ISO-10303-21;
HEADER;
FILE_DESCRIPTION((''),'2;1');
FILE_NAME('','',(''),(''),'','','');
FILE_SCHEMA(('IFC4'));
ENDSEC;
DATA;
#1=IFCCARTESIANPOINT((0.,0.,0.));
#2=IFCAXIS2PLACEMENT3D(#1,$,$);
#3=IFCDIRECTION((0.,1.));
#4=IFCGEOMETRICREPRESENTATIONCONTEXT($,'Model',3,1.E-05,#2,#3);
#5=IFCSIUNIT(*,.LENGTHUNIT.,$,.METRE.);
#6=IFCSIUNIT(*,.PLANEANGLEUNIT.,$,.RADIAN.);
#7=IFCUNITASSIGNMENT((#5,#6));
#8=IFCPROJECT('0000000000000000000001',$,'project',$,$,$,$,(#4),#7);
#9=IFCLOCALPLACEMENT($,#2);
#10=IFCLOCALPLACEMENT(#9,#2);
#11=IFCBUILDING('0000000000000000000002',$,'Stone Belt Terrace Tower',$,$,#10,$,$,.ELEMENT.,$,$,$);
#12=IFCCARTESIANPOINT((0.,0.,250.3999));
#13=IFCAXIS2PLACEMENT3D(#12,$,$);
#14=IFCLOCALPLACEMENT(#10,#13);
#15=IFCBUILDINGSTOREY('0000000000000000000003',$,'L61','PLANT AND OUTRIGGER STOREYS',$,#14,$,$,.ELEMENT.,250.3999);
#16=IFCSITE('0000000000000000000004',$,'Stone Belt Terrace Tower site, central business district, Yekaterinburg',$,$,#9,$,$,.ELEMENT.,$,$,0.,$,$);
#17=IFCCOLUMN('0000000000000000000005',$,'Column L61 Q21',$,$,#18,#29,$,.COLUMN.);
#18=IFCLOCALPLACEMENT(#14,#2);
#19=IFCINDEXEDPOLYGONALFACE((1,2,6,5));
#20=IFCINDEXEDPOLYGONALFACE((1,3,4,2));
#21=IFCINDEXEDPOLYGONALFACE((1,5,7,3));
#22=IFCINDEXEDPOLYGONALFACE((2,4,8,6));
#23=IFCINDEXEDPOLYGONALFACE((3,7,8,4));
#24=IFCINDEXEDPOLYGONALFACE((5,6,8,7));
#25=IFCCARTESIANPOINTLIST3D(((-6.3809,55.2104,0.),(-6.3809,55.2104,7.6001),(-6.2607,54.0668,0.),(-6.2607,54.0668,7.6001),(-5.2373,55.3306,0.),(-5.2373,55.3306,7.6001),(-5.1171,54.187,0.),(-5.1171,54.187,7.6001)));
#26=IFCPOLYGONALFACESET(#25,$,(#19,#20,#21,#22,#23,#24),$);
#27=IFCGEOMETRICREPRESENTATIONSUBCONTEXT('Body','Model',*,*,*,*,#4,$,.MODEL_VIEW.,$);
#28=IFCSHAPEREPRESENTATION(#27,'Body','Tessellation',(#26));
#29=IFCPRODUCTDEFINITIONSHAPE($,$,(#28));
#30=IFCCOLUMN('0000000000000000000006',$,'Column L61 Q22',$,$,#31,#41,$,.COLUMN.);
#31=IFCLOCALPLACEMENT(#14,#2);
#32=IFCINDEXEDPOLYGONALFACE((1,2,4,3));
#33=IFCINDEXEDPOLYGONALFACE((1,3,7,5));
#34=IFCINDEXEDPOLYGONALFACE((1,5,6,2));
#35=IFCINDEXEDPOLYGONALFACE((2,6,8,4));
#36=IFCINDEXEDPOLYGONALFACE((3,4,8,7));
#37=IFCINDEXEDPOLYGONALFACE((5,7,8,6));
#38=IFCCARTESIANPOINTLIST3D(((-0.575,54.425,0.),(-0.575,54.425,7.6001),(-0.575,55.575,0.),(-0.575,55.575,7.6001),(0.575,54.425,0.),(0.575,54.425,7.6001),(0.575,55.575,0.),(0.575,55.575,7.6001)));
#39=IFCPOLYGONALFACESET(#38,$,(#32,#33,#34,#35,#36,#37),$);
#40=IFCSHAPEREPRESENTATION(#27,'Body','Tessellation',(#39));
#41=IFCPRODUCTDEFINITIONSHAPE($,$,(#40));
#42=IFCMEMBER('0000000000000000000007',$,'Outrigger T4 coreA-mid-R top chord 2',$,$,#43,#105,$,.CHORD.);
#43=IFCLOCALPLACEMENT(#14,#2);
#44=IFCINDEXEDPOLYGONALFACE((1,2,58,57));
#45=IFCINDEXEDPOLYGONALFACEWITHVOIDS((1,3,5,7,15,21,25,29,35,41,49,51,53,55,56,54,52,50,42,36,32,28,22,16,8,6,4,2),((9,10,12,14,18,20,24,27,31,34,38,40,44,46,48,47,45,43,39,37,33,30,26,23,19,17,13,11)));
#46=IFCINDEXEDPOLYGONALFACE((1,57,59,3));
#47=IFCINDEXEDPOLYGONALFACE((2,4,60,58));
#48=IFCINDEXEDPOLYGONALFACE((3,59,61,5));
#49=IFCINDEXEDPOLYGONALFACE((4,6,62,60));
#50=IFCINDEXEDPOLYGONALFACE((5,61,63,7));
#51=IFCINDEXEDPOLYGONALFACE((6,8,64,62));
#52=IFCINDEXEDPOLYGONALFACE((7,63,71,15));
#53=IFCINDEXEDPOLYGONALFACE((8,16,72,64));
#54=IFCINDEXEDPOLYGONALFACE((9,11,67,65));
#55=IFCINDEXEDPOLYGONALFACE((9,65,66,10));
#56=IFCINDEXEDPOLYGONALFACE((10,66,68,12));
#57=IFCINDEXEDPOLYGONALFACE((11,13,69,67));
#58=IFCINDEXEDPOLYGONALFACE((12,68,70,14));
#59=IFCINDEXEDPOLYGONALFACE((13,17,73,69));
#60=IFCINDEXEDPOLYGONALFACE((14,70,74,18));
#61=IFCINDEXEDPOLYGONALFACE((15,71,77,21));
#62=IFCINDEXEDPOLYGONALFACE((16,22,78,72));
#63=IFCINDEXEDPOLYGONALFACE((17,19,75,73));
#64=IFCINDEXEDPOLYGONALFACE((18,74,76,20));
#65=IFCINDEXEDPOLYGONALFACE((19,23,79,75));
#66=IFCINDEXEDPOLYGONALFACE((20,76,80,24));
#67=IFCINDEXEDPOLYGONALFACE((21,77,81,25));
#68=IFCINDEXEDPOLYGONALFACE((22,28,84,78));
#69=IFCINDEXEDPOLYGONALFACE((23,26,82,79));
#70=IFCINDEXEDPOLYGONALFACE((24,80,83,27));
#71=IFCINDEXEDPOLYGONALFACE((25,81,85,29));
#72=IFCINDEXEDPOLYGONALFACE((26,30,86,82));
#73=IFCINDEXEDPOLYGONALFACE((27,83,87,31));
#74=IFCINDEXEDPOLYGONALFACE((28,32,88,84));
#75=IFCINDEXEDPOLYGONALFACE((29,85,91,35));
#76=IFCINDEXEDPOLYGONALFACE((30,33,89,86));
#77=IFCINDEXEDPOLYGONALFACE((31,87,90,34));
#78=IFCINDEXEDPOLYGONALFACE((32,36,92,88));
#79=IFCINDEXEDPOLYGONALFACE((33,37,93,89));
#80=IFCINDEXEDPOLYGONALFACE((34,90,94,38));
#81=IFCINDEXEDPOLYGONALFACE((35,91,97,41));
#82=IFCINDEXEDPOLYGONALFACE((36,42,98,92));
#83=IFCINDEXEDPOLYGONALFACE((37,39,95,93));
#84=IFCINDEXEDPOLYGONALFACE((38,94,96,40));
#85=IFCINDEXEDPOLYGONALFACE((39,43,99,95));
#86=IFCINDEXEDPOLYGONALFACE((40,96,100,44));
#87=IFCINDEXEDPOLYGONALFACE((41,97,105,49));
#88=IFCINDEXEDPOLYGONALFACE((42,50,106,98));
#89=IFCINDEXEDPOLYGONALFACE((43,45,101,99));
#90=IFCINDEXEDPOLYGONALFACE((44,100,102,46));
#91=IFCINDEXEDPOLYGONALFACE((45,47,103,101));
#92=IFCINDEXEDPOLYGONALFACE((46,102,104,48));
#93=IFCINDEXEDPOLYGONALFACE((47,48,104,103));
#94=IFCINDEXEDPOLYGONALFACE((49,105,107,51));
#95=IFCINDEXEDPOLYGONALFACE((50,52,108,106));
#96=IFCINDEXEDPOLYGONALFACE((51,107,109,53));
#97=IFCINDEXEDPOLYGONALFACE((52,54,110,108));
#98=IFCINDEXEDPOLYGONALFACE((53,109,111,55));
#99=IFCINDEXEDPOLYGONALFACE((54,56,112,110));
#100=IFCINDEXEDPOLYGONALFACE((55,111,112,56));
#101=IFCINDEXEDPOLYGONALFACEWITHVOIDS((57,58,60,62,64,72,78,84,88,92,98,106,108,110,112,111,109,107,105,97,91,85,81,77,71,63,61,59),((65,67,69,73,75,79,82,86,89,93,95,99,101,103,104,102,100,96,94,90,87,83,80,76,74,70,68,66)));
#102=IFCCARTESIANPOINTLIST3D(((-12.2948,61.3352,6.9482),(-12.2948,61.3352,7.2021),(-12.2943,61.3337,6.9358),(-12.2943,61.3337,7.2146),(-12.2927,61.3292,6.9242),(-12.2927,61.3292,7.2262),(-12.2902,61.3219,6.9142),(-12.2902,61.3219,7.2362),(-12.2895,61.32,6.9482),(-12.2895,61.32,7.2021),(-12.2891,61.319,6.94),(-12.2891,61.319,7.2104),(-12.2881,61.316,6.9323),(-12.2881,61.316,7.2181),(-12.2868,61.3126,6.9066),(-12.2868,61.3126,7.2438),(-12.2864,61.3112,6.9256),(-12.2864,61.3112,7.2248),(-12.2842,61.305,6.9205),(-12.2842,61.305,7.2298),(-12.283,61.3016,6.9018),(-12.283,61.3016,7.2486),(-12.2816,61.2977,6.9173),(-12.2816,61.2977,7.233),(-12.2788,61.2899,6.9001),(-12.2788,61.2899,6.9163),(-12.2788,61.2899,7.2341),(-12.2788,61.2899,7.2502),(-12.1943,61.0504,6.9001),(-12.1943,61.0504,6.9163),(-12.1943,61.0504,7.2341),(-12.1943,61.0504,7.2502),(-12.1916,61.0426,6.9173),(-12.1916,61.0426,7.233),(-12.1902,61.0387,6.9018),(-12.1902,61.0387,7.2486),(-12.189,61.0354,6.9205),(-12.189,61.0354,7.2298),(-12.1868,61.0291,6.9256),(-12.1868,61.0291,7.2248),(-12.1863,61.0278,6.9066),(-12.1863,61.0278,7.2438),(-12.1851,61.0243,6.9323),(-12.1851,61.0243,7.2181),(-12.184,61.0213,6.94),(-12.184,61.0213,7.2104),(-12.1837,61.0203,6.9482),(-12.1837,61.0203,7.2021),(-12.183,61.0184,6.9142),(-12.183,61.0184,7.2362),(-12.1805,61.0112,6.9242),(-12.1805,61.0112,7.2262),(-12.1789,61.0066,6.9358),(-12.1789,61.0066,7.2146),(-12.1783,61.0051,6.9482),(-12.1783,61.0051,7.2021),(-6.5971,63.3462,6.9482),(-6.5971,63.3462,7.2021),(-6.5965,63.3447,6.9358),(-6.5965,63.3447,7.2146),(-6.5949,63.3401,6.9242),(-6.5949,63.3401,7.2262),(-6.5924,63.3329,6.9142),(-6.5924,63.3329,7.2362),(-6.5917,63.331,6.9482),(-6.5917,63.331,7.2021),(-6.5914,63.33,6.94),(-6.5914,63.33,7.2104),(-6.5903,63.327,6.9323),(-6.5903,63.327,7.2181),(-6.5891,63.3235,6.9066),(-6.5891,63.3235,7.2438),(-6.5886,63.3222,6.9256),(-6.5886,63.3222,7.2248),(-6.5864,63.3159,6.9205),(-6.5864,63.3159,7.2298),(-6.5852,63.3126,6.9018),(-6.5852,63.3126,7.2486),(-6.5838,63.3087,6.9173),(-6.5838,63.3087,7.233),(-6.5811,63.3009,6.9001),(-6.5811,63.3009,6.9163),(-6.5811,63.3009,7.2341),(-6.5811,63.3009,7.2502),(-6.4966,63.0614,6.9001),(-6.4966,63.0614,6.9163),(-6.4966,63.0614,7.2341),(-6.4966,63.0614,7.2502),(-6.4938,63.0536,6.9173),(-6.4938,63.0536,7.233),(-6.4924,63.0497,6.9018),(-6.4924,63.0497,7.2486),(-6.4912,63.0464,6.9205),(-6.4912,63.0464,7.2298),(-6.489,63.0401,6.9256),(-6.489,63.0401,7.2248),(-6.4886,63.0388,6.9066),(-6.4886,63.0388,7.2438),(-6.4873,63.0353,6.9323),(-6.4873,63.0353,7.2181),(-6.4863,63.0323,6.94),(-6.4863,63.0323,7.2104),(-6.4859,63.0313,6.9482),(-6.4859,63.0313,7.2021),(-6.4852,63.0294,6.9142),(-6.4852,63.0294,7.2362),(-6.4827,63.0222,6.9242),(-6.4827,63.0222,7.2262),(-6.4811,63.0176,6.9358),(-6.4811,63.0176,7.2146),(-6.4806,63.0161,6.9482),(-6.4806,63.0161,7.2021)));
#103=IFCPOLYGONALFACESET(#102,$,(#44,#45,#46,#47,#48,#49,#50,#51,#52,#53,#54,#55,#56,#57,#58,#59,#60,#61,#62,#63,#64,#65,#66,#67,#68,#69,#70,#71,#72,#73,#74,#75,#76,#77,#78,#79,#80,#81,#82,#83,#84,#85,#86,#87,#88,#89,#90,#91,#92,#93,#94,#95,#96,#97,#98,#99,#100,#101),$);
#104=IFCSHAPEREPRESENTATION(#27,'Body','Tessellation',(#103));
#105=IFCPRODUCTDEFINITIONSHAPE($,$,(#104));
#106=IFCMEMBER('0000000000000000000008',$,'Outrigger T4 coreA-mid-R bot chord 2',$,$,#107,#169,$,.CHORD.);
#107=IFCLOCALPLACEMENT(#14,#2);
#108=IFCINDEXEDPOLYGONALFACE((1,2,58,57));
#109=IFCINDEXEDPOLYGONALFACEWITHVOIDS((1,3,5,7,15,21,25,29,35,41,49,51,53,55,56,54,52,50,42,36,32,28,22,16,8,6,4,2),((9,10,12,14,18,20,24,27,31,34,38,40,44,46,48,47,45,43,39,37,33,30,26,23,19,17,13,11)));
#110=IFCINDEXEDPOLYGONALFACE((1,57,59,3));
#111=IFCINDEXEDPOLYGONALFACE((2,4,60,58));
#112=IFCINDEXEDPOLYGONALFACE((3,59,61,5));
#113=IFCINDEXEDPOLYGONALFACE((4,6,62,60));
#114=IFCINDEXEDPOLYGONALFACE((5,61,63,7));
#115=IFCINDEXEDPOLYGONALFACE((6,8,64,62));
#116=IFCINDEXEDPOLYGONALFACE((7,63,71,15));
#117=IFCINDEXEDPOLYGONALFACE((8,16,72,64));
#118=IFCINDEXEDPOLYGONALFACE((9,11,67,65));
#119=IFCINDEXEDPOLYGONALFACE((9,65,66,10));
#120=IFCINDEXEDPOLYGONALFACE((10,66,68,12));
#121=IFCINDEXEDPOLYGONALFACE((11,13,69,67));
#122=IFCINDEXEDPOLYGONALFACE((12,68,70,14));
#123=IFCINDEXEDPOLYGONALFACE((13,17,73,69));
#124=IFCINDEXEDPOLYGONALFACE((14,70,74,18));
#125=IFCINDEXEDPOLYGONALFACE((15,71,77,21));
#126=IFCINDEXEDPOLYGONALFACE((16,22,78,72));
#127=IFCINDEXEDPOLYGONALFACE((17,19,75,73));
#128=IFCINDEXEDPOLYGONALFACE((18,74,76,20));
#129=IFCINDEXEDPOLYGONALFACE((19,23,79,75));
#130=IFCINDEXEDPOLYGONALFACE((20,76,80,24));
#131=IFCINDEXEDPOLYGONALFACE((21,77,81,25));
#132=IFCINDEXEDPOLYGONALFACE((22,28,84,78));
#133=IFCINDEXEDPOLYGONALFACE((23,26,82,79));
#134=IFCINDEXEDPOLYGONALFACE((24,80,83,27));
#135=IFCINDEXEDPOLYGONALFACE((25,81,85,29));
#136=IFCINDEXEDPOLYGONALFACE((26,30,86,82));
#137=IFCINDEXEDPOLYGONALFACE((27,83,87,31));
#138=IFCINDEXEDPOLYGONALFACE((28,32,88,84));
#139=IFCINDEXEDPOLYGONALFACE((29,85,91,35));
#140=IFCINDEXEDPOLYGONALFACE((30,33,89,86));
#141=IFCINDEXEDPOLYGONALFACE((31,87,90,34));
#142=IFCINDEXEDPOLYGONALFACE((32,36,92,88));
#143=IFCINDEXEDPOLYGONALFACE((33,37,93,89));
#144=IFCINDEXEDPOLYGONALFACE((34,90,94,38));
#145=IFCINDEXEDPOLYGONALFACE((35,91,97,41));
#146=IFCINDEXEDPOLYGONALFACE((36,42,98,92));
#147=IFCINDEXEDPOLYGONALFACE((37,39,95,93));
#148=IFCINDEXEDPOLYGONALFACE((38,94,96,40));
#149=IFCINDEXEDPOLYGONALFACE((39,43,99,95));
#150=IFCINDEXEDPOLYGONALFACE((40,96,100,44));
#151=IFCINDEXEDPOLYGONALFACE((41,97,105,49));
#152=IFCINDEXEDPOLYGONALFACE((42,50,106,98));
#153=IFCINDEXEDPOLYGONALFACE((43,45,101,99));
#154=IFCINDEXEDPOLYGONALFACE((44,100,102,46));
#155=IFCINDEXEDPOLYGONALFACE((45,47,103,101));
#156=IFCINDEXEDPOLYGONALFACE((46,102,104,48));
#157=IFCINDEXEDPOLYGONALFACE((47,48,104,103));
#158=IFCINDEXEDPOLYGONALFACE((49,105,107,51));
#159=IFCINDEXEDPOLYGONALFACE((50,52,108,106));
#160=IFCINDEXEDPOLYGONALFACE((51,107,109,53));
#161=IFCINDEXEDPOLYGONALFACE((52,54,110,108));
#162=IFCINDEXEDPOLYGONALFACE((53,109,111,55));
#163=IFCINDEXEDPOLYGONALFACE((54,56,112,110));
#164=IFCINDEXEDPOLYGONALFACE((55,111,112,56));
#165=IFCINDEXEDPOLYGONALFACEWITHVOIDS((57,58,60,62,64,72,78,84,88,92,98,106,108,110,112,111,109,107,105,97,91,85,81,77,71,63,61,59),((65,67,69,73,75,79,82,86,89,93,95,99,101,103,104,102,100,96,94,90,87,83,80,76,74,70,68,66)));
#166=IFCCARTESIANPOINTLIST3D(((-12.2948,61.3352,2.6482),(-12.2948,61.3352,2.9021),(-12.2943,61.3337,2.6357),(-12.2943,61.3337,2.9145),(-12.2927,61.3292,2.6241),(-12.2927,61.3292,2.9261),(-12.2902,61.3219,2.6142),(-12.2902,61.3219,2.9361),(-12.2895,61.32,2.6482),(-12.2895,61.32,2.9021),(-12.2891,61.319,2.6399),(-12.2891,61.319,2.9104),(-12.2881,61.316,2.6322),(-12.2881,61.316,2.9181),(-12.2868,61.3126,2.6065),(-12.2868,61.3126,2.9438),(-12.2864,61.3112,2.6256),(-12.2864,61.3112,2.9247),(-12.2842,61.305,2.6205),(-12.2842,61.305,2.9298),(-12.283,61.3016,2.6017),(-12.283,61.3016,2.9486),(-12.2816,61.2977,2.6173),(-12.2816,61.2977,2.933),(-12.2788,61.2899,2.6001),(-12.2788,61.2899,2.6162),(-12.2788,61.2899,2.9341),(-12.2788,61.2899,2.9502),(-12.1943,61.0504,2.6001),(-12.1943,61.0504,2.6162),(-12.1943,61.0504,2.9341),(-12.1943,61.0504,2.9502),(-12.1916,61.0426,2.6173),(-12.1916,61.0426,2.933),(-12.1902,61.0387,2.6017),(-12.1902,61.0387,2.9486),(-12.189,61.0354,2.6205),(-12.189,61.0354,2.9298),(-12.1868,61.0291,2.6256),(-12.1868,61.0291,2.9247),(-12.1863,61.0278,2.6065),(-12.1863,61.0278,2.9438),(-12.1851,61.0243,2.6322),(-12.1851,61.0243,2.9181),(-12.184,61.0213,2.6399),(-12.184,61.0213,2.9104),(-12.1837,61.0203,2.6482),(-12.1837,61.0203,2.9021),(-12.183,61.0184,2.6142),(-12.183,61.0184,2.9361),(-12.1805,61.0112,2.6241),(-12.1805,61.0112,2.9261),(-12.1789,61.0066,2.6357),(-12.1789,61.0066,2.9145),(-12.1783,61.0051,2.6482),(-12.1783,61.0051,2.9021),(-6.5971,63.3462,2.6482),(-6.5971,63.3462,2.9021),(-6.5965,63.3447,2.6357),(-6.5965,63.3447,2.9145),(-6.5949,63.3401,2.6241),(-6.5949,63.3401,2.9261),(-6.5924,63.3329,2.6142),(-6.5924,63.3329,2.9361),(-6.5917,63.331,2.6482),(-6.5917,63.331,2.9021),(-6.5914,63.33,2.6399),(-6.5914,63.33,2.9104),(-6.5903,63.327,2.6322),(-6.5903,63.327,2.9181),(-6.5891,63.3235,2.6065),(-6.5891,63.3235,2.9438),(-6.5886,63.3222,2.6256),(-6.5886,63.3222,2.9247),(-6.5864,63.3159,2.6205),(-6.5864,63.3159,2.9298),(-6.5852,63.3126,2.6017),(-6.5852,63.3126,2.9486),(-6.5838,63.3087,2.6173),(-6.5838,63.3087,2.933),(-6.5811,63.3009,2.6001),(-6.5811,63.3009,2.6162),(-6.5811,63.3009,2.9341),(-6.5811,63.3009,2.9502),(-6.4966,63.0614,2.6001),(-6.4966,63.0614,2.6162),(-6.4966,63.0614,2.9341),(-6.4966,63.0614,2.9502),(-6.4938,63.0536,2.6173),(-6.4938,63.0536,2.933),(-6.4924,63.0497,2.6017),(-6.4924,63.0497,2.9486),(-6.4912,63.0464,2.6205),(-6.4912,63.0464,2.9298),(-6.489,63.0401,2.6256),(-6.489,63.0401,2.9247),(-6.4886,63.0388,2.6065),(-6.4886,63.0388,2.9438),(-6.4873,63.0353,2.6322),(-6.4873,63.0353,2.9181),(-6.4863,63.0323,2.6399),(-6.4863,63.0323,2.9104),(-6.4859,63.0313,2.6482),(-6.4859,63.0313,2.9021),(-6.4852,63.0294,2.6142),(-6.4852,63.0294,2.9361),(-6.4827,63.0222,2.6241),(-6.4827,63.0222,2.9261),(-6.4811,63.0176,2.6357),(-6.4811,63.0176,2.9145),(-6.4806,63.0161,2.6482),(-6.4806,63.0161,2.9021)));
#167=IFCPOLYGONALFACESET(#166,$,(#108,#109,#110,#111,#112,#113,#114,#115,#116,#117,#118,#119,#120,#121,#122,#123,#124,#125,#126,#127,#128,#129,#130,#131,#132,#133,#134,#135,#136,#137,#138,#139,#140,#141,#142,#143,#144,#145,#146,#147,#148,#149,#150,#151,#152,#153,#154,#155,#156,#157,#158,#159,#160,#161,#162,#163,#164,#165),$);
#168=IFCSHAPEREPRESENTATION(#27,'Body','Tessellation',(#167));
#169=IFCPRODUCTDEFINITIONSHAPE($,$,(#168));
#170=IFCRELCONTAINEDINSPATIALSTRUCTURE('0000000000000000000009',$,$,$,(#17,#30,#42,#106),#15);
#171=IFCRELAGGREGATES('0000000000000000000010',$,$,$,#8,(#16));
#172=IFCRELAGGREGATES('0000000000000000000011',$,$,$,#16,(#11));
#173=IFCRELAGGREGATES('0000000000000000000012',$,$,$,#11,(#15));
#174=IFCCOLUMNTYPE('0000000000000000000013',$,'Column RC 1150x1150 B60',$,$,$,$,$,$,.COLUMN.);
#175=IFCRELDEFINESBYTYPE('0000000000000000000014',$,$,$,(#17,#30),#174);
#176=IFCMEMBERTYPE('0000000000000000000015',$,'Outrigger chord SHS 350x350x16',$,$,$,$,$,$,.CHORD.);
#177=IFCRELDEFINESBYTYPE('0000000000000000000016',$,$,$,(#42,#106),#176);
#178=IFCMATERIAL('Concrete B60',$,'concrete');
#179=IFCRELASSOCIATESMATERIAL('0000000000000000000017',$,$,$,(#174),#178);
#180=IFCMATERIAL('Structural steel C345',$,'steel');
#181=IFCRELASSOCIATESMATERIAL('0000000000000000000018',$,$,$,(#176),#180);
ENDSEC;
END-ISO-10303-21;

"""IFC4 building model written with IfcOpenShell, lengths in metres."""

from ifc_helpers import new_model, si_unit, direction, frame, origin, origin_2d, place, context, subcontext, project, spatial, rectangle, hollow_rectangle, extrude, material, material_profile, profile_set, type_object, element, save


model = new_model("IFC4")

# Units and contexts
model_context = context("Model", 3, precision=1e-05, world=origin(), true_north=direction((0.0, 1.0)))
body_context = subcontext(model_context, "Body", "Model", "MODEL_VIEW")
ifc_project = project(units=[si_unit("LENGTHUNIT", "METRE"), si_unit("PLANEANGLEUNIT", "RADIAN")], contexts=[model_context])

# Site, building, storey
site_placement = place(None, origin())
site = spatial("IfcSite", under=ifc_project, at=site_placement, Name="Stone Belt Terrace Tower site, central business district, Yekaterinburg", CompositionType="ELEMENT", RefElevation=0.0)
building_placement = place(site_placement, origin())
building = spatial("IfcBuilding", under=site, at=building_placement, Name="Stone Belt Terrace Tower", CompositionType="ELEMENT")
storey_placement = place(building_placement, frame((0.0, 0.0, 250.3999)))
storey = spatial("IfcBuildingStorey", under=building, at=storey_placement, Name="L61", Description="PLANT AND OUTRIGGER STOREYS", CompositionType="ELEMENT", Elevation=250.3999)

# Columns
ifc_material_1 = material(Name="Concrete B60", Category="concrete")
ifc_material_profile_1 = material_profile(ifc_material_1, rectangle(XDim=1.1499, YDim=1.1499, at=origin_2d()), Name="RC 1150x1150")
ifc_profile_set_1 = profile_set([ifc_material_profile_1], Name="Concrete B60")
column_type = type_object("IfcColumnType", Name="Column RC 1150x1150 B60", PredefinedType="COLUMN", material=ifc_profile_set_1)
for number, where, z_axis, x_axis, name in (
    (1, (-5.749, 54.6987, 0.0), (0.0, 0.0, 1.0), (0.994522, 0.104528, 0.0), "Column L61 Q21"),
    (2, (0.0, 55.0, 0.0), (0.0, 0.0, 1.0), (1.0, 0.0, 0.0), "Column L61 Q22"),
):
    element("IfcColumn", number, at=place(storey_placement, frame(where, z_axis=z_axis, x_axis=x_axis)), inside=storey, type_object=column_type, Name=name, PredefinedType="COLUMN", context=body_context, shape_type="SweptSolid", body=[
        extrude(rectangle(XDim=1.1499, YDim=1.1499, at=origin_2d()), origin(), (0.0, 0.0, 1.0), 7.6001),
    ])

# Members
ifc_material_2 = material(Name="Structural steel C345", Category="steel")
ifc_material_profile_2 = material_profile(ifc_material_2, hollow_rectangle(XDim=0.3501, YDim=0.3501, WallThickness=0.0161, InnerFilletRadius=0.032, OuterFilletRadius=0.0481, at=origin_2d()), Name="SHS 350x350x16")
ifc_profile_set_2 = profile_set([ifc_material_profile_2], Name="Structural steel C345")
member_type_1 = type_object("IfcMemberType", Name="Outrigger chord SHS 350x350x16", PredefinedType="CHORD", material=ifc_profile_set_2)
for number, where, z_axis, x_axis, name in (
    (3, (-6.5388, 63.1812, 7.0752), (-0.94299, -0.332822, 0.0), (0.332822, -0.94299, 0.0), "Outrigger T4 coreA-mid-R top chord 2"),
    (4, (-6.5388, 63.1812, 2.7751), (-0.94299, -0.332822, 0.0), (0.332822, -0.94299, 0.0), "Outrigger T4 coreA-mid-R bot chord 2"),
):
    element("IfcMember", number, at=place(storey_placement, frame(where, z_axis=z_axis, x_axis=x_axis)), inside=storey, type_object=member_type_1, Name=name, PredefinedType="CHORD", context=body_context, shape_type="SweptSolid", body=[
        extrude(hollow_rectangle(XDim=0.3501, YDim=0.3501, WallThickness=0.0161, InnerFilletRadius=0.032, OuterFilletRadius=0.0481, at=origin_2d()), origin(), (0.0, 0.0, 1.0), 6.0422),
    ])

save(model, "model.ifc")
